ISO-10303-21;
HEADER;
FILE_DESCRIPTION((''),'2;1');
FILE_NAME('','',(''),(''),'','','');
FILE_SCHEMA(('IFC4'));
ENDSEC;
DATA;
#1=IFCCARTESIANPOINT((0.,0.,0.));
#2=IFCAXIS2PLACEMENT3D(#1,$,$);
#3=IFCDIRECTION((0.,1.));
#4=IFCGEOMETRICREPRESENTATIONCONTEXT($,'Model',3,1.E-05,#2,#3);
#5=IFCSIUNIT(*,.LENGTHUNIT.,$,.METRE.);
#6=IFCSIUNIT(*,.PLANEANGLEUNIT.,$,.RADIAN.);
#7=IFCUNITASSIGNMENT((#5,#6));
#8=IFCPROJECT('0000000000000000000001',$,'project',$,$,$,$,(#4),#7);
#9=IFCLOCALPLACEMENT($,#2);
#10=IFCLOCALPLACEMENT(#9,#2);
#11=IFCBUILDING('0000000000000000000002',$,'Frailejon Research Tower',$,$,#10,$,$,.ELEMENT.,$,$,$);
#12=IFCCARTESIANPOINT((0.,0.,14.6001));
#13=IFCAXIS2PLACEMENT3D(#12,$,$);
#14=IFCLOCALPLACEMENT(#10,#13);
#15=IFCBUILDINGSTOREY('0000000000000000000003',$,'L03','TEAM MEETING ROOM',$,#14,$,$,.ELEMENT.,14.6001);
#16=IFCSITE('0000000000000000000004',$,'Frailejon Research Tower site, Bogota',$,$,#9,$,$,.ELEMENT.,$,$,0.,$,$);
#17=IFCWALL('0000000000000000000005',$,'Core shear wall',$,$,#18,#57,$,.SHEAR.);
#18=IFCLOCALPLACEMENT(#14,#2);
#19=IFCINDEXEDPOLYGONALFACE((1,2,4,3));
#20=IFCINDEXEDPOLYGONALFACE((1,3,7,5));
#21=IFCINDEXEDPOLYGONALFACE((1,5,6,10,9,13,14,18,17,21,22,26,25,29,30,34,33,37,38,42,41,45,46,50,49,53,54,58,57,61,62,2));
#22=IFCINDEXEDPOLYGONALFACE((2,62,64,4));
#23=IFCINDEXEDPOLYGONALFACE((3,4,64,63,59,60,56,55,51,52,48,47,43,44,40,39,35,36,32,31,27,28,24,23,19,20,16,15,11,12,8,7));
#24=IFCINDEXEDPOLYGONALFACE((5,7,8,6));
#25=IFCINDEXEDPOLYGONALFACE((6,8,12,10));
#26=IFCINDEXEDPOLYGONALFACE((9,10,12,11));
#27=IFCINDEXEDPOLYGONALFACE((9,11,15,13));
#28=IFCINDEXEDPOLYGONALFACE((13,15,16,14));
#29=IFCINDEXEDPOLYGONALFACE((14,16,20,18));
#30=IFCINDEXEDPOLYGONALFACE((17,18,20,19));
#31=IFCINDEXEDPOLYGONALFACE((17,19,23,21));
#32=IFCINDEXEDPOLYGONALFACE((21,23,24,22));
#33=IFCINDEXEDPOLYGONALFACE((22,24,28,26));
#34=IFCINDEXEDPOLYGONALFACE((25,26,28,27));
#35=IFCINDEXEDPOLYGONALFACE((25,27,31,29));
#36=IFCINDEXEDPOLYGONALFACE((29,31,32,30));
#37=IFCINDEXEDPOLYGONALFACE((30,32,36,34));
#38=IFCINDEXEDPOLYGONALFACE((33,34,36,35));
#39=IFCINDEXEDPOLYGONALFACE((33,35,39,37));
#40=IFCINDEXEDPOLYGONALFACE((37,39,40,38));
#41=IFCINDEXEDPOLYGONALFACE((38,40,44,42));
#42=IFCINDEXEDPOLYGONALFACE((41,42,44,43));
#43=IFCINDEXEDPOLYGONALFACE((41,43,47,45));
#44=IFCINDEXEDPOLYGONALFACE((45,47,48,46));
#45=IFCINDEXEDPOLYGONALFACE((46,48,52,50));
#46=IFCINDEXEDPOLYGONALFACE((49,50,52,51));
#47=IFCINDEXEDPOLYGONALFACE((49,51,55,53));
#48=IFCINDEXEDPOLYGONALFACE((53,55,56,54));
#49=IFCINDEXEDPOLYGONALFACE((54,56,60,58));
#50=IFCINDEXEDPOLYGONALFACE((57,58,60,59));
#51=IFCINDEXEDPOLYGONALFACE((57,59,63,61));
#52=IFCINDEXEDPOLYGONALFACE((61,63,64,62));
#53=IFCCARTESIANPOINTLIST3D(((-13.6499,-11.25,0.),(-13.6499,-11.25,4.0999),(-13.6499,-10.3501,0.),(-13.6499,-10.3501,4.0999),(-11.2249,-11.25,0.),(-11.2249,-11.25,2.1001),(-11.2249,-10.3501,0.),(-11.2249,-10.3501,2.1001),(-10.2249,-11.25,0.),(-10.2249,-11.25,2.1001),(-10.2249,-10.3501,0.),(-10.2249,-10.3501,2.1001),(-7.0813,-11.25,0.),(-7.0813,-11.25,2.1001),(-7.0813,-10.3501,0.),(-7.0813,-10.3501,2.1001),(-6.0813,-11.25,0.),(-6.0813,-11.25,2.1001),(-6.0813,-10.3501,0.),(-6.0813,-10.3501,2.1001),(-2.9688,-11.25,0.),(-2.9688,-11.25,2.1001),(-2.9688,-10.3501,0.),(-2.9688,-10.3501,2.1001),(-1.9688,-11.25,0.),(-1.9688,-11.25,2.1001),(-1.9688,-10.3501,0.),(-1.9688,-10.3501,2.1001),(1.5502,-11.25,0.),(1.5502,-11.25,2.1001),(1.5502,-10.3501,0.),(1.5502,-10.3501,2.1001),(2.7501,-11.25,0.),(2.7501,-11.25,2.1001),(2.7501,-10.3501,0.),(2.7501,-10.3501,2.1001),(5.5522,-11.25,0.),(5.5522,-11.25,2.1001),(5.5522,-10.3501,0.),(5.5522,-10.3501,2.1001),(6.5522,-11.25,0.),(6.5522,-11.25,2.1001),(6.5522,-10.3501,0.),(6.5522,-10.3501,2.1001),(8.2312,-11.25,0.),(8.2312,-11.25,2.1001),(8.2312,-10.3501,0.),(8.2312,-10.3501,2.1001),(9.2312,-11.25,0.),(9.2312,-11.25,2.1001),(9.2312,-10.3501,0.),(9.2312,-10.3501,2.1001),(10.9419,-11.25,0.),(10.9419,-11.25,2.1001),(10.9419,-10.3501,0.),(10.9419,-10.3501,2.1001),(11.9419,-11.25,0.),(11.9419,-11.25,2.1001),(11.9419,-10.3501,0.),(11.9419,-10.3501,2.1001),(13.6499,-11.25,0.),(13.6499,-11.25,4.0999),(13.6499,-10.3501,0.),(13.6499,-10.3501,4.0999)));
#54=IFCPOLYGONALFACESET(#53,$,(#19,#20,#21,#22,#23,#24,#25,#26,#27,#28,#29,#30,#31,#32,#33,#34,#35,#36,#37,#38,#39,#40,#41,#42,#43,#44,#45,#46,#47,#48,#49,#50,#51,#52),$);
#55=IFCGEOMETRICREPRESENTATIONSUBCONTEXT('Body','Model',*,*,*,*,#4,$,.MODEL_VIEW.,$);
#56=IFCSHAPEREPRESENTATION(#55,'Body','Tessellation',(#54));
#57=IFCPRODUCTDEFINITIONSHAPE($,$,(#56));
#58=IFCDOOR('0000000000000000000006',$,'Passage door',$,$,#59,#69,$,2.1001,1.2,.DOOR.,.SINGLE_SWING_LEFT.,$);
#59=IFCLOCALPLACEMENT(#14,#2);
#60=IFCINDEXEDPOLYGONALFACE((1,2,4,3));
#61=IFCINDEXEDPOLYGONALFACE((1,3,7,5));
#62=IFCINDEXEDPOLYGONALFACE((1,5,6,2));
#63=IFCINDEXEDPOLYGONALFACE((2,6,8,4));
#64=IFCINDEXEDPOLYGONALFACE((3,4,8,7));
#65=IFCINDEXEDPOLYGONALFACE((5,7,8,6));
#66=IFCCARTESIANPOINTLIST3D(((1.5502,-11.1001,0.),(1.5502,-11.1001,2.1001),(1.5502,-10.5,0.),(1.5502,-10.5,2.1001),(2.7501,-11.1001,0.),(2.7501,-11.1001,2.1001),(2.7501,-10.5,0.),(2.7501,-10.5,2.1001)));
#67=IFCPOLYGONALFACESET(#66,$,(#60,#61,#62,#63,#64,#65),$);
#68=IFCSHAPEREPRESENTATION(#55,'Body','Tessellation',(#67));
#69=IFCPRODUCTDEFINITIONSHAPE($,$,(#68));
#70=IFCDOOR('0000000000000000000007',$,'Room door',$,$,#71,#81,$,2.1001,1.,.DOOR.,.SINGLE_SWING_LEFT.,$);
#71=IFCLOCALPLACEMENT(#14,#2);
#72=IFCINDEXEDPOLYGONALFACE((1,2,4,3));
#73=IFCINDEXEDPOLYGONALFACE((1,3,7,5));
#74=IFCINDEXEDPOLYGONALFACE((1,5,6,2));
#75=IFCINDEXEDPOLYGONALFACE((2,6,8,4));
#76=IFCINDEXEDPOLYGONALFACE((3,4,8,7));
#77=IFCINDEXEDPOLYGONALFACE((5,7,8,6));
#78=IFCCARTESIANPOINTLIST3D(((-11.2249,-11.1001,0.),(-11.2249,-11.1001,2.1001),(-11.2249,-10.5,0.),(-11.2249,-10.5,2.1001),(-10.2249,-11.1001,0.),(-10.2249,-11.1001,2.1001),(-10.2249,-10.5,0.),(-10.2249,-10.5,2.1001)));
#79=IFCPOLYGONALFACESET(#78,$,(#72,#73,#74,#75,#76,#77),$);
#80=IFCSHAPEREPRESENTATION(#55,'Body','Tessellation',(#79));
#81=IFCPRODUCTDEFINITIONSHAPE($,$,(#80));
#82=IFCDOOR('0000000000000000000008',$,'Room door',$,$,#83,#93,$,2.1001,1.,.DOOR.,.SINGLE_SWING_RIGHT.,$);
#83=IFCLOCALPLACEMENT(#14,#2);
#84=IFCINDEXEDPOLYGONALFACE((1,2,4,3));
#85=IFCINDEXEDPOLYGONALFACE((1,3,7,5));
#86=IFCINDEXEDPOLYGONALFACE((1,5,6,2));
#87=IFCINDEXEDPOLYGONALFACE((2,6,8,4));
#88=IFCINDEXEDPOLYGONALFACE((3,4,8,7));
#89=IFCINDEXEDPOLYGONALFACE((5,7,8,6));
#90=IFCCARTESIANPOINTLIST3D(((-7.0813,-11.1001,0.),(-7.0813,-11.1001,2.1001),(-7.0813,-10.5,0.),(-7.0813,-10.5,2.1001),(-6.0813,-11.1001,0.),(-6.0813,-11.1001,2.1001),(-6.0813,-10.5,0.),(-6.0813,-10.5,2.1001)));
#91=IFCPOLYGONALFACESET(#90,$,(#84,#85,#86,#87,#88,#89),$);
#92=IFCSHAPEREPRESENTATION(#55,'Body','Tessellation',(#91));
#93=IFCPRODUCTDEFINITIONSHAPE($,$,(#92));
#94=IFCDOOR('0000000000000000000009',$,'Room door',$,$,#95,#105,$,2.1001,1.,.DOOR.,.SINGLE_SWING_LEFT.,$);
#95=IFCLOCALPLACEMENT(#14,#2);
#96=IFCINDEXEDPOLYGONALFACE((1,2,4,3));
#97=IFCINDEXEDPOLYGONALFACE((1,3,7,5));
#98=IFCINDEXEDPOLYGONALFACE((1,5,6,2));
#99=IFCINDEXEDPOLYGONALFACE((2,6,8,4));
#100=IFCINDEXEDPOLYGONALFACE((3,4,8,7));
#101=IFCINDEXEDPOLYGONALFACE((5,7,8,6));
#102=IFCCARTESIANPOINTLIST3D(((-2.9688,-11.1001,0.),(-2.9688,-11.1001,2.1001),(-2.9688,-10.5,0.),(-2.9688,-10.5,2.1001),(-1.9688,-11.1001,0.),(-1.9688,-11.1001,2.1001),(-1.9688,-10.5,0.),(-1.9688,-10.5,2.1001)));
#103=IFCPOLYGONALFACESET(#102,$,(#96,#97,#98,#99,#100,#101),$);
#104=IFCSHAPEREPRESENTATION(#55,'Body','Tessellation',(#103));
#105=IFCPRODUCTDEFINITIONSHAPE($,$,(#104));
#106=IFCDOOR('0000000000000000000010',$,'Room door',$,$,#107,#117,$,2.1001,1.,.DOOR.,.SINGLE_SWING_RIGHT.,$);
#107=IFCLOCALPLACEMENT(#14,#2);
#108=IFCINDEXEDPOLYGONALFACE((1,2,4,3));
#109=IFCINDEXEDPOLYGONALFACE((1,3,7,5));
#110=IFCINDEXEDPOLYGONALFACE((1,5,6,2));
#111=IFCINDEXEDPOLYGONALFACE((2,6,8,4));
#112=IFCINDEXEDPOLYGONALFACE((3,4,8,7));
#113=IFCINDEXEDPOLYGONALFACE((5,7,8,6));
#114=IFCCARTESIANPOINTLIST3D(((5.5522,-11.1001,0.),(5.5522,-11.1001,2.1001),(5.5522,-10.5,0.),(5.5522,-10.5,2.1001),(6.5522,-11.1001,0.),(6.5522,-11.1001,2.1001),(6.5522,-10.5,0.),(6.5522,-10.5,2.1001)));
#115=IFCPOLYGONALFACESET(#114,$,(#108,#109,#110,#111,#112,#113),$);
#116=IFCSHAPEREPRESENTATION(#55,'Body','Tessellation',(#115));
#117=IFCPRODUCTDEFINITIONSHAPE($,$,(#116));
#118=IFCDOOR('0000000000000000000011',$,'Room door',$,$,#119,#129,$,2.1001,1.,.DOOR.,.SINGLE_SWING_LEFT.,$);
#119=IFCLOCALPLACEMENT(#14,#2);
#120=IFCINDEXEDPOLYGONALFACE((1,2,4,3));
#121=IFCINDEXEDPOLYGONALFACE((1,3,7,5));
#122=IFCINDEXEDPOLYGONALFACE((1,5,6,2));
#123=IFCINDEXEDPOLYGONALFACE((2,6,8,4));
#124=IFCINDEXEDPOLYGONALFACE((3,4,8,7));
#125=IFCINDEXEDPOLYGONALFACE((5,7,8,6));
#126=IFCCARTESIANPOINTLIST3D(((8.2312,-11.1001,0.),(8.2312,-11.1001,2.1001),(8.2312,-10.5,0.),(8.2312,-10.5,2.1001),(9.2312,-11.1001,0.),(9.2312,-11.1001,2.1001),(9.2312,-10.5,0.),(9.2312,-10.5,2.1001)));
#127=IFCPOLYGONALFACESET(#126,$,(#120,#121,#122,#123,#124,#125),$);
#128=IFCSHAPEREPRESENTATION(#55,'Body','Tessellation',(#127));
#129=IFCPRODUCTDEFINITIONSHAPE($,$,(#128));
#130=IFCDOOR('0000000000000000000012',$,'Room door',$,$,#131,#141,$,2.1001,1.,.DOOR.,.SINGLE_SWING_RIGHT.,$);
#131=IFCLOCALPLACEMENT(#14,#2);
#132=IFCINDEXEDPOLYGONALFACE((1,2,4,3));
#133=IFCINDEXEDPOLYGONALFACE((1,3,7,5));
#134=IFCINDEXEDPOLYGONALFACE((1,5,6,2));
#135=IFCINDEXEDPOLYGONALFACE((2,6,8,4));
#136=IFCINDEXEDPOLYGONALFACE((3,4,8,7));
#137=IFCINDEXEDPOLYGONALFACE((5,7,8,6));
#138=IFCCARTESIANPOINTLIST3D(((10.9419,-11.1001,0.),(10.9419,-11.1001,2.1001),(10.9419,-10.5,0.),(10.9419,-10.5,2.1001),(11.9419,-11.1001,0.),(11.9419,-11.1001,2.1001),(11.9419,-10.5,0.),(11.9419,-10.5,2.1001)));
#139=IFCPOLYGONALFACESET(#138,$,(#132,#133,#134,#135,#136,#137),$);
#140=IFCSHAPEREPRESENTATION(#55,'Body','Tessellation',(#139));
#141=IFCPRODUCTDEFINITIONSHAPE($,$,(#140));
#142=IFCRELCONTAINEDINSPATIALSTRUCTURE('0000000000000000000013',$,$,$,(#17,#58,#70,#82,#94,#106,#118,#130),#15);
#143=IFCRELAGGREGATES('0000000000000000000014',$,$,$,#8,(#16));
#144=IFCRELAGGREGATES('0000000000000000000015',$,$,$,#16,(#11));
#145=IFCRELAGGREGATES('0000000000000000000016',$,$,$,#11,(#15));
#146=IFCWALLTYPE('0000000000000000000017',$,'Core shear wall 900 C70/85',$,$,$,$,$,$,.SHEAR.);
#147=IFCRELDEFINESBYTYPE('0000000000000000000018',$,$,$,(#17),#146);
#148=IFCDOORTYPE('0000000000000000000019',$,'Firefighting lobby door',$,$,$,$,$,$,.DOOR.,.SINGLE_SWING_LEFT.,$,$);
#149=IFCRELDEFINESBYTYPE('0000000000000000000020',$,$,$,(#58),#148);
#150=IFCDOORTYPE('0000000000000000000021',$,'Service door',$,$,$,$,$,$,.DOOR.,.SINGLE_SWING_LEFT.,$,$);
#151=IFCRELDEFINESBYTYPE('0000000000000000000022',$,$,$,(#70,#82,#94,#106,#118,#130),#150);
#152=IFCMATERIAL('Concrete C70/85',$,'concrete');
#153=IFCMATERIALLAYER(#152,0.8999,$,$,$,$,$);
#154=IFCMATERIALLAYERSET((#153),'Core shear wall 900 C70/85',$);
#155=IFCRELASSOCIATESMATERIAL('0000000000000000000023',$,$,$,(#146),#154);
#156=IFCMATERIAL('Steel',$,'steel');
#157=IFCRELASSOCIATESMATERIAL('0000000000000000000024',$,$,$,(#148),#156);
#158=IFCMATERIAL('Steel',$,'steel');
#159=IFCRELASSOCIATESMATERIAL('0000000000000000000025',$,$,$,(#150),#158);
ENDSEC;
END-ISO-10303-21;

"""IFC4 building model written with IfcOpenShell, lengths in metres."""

from ifc_helpers import new_model, si_unit, direction, frame, frame_2d, origin, place, context, subcontext, project, spatial, rectangle, extrude, material, layer, layer_set, type_object, element, fill, save


model = new_model("IFC4")

# Units and contexts
model_context = context("Model", 3, precision=1e-05, world=origin(), true_north=direction((0.0, 1.0)))
body_context = subcontext(model_context, "Body", "Model", "MODEL_VIEW")
ifc_project = project(units=[si_unit("LENGTHUNIT", "METRE"), si_unit("PLANEANGLEUNIT", "RADIAN")], contexts=[model_context])

# Site, building, storey
site_placement = place(None, origin())
site = spatial("IfcSite", under=ifc_project, at=site_placement, Name="Frailejon Research Tower site, Bogota", CompositionType="ELEMENT", RefElevation=0.0)
building_placement = place(site_placement, origin())
building = spatial("IfcBuilding", under=site, at=building_placement, Name="Frailejon Research Tower", CompositionType="ELEMENT")
storey_placement = place(building_placement, frame((0.0, 0.0, 14.6001)))
storey = spatial("IfcBuildingStorey", under=building, at=storey_placement, Name="L03", Description="TEAM MEETING ROOM", CompositionType="ELEMENT", Elevation=14.6001)

# Wall, openings, doors
ifc_material_1 = material(Name="Concrete C70/85", Category="concrete")
ifc_layer_1 = layer(ifc_material_1, 0.8999)
ifc_layer_set_1 = layer_set([ifc_layer_1], Name="Core shear wall 900 C70/85")
wall_type = type_object("IfcWallType", Name="Core shear wall 900 C70/85", PredefinedType="SHEAR", material=ifc_layer_set_1)
wall_placement = place(storey_placement, frame((-13.6499, -10.8, 0.0), z_axis=(0.0, 0.0, 1.0), x_axis=(1.0, 0.0, 0.0)))
wall = element("IfcWall", 1, at=wall_placement, inside=storey, type_object=wall_type, Name="Core shear wall", PredefinedType="SHEAR", context=body_context, shape_type="SweptSolid", body=[
    extrude(rectangle(XDim=27.2998, YDim=0.8999, at=frame_2d((13.6499, 0.0))), origin(), (0.0, 0.0, 1.0), 4.0999),
])
opening_1_placement = place(wall_placement, frame((2.425, 0.0, 0.0)))
opening_1 = element("IfcOpeningElement", 2, at=opening_1_placement, cuts=wall, PredefinedType="OPENING", context=body_context, shape_type="SweptSolid", body=[
    extrude(rectangle(XDim=1.0, YDim=2.1001, at=frame_2d((0.5, 1.05))), frame((0.0, 0.46, 0.0), z_axis=(0.0, -1.0, 0.0), x_axis=(1.0, 0.0, 0.0)), (0.0, 0.0, 1.0), 0.9199),
])
opening_2_placement = place(wall_placement, frame((6.5686, 0.0, 0.0)))
opening_2 = element("IfcOpeningElement", 3, at=opening_2_placement, cuts=wall, PredefinedType="OPENING", context=body_context, shape_type="SweptSolid", body=[
    extrude(rectangle(XDim=1.0, YDim=2.1001, at=frame_2d((0.5, 1.05))), frame((0.0, 0.46, 0.0), z_axis=(0.0, -1.0, 0.0), x_axis=(1.0, 0.0, 0.0)), (0.0, 0.0, 1.0), 0.9199),
])
opening_3_placement = place(wall_placement, frame((10.6812, 0.0, 0.0)))
opening_3 = element("IfcOpeningElement", 4, at=opening_3_placement, cuts=wall, PredefinedType="OPENING", context=body_context, shape_type="SweptSolid", body=[
    extrude(rectangle(XDim=1.0, YDim=2.1001, at=frame_2d((0.5, 1.05))), frame((0.0, 0.46, 0.0), z_axis=(0.0, -1.0, 0.0), x_axis=(1.0, 0.0, 0.0)), (0.0, 0.0, 1.0), 0.9199),
])
opening_4_placement = place(wall_placement, frame((19.2021, 0.0, 0.0)))
opening_4 = element("IfcOpeningElement", 5, at=opening_4_placement, cuts=wall, PredefinedType="OPENING", context=body_context, shape_type="SweptSolid", body=[
    extrude(rectangle(XDim=1.0, YDim=2.1001, at=frame_2d((0.5, 1.05))), frame((0.0, 0.46, 0.0), z_axis=(0.0, -1.0, 0.0), x_axis=(1.0, 0.0, 0.0)), (0.0, 0.0, 1.0), 0.9199),
])
opening_5_placement = place(wall_placement, frame((21.8811, 0.0, 0.0)))
opening_5 = element("IfcOpeningElement", 6, at=opening_5_placement, cuts=wall, PredefinedType="OPENING", context=body_context, shape_type="SweptSolid", body=[
    extrude(rectangle(XDim=1.0, YDim=2.1001, at=frame_2d((0.5, 1.05))), frame((0.0, 0.46, 0.0), z_axis=(0.0, -1.0, 0.0), x_axis=(1.0, 0.0, 0.0)), (0.0, 0.0, 1.0), 0.9199),
])
opening_6_placement = place(wall_placement, frame((24.5918, 0.0, 0.0)))
opening_6 = element("IfcOpeningElement", 7, at=opening_6_placement, cuts=wall, PredefinedType="OPENING", context=body_context, shape_type="SweptSolid", body=[
    extrude(rectangle(XDim=1.0, YDim=2.1001, at=frame_2d((0.5, 1.05))), frame((0.0, 0.46, 0.0), z_axis=(0.0, -1.0, 0.0), x_axis=(1.0, 0.0, 0.0)), (0.0, 0.0, 1.0), 0.9199),
])
opening_7_placement = place(wall_placement, frame((15.2, 0.0, 0.0)))
opening_7 = element("IfcOpeningElement", 8, at=opening_7_placement, cuts=wall, PredefinedType="OPENING", context=body_context, shape_type="SweptSolid", body=[
    extrude(rectangle(XDim=1.2, YDim=2.1001, at=frame_2d((0.6001, 1.05))), frame((0.0, 0.46, 0.0), z_axis=(0.0, -1.0, 0.0), x_axis=(1.0, 0.0, 0.0)), (0.0, 0.0, 1.0), 0.9199),
])
ifc_material_2 = material(Name="Steel", Category="steel")
door_type_1 = type_object("IfcDoorType", Name="Firefighting lobby door", OperationType="SINGLE_SWING_LEFT", PredefinedType="DOOR", material=ifc_material_2)
door_1_placement = place(opening_7_placement, origin())
door_1 = element("IfcDoor", 9, at=door_1_placement, inside=storey, type_object=door_type_1, Name="Passage door", OperationType="SINGLE_SWING_LEFT", OverallHeight=2.1001, OverallWidth=1.2, PredefinedType="DOOR", context=body_context, shape_type="SweptSolid", body=[
    extrude(rectangle(XDim=1.2, YDim=2.1001, at=frame_2d((0.6001, 1.05))), frame((0.0, 0.3, 0.0), z_axis=(0.0, -1.0, 0.0), x_axis=(1.0, 0.0, 0.0)), (0.0, 0.0, 1.0), 0.6001),
])
fill(opening_7, door_1)
ifc_material_3 = material(Name="Steel", Category="steel")
door_type_2 = type_object("IfcDoorType", Name="Service door", OperationType="SINGLE_SWING_LEFT", PredefinedType="DOOR", material=ifc_material_3)
door_2_placement = place(opening_1_placement, origin())
door_2 = element("IfcDoor", 10, at=door_2_placement, inside=storey, type_object=door_type_2, Name="Room door", OperationType="SINGLE_SWING_LEFT", OverallHeight=2.1001, OverallWidth=1.0, PredefinedType="DOOR", context=body_context, shape_type="SweptSolid", body=[
    extrude(rectangle(XDim=1.0, YDim=2.1001, at=frame_2d((0.5, 1.05))), frame((0.0, 0.3, 0.0), z_axis=(0.0, -1.0, 0.0), x_axis=(1.0, 0.0, 0.0)), (0.0, 0.0, 1.0), 0.6001),
])
fill(opening_1, door_2)
door_3_placement = place(opening_2_placement, origin())
door_3 = element("IfcDoor", 11, at=door_3_placement, inside=storey, type_object=door_type_2, Name="Room door", OperationType="SINGLE_SWING_RIGHT", OverallHeight=2.1001, OverallWidth=1.0, PredefinedType="DOOR", context=body_context, shape_type="SweptSolid", body=[
    extrude(rectangle(XDim=1.0, YDim=2.1001, at=frame_2d((0.5, 1.05))), frame((0.0, 0.3, 0.0), z_axis=(0.0, -1.0, 0.0), x_axis=(1.0, 0.0, 0.0)), (0.0, 0.0, 1.0), 0.6001),
])
fill(opening_2, door_3)
door_4_placement = place(opening_3_placement, origin())
door_4 = element("IfcDoor", 12, at=door_4_placement, inside=storey, type_object=door_type_2, Name="Room door", OperationType="SINGLE_SWING_LEFT", OverallHeight=2.1001, OverallWidth=1.0, PredefinedType="DOOR", context=body_context, shape_type="SweptSolid", body=[
    extrude(rectangle(XDim=1.0, YDim=2.1001, at=frame_2d((0.5, 1.05))), frame((0.0, 0.3, 0.0), z_axis=(0.0, -1.0, 0.0), x_axis=(1.0, 0.0, 0.0)), (0.0, 0.0, 1.0), 0.6001),
])
fill(opening_3, door_4)
door_5_placement = place(opening_4_placement, origin())
door_5 = element("IfcDoor", 13, at=door_5_placement, inside=storey, type_object=door_type_2, Name="Room door", OperationType="SINGLE_SWING_RIGHT", OverallHeight=2.1001, OverallWidth=1.0, PredefinedType="DOOR", context=body_context, shape_type="SweptSolid", body=[
    extrude(rectangle(XDim=1.0, YDim=2.1001, at=frame_2d((0.5, 1.05))), frame((0.0, 0.3, 0.0), z_axis=(0.0, -1.0, 0.0), x_axis=(1.0, 0.0, 0.0)), (0.0, 0.0, 1.0), 0.6001),
])
fill(opening_4, door_5)
door_6_placement = place(opening_5_placement, origin())
door_6 = element("IfcDoor", 14, at=door_6_placement, inside=storey, type_object=door_type_2, Name="Room door", OperationType="SINGLE_SWING_LEFT", OverallHeight=2.1001, OverallWidth=1.0, PredefinedType="DOOR", context=body_context, shape_type="SweptSolid", body=[
    extrude(rectangle(XDim=1.0, YDim=2.1001, at=frame_2d((0.5, 1.05))), frame((0.0, 0.3, 0.0), z_axis=(0.0, -1.0, 0.0), x_axis=(1.0, 0.0, 0.0)), (0.0, 0.0, 1.0), 0.6001),
])
fill(opening_5, door_6)
door_7_placement = place(opening_6_placement, origin())
door_7 = element("IfcDoor", 15, at=door_7_placement, inside=storey, type_object=door_type_2, Name="Room door", OperationType="SINGLE_SWING_RIGHT", OverallHeight=2.1001, OverallWidth=1.0, PredefinedType="DOOR", context=body_context, shape_type="SweptSolid", body=[
    extrude(rectangle(XDim=1.0, YDim=2.1001, at=frame_2d((0.5, 1.05))), frame((0.0, 0.3, 0.0), z_axis=(0.0, -1.0, 0.0), x_axis=(1.0, 0.0, 0.0)), (0.0, 0.0, 1.0), 0.6001),
])
fill(opening_6, door_7)

save(model, "model.ifc")
